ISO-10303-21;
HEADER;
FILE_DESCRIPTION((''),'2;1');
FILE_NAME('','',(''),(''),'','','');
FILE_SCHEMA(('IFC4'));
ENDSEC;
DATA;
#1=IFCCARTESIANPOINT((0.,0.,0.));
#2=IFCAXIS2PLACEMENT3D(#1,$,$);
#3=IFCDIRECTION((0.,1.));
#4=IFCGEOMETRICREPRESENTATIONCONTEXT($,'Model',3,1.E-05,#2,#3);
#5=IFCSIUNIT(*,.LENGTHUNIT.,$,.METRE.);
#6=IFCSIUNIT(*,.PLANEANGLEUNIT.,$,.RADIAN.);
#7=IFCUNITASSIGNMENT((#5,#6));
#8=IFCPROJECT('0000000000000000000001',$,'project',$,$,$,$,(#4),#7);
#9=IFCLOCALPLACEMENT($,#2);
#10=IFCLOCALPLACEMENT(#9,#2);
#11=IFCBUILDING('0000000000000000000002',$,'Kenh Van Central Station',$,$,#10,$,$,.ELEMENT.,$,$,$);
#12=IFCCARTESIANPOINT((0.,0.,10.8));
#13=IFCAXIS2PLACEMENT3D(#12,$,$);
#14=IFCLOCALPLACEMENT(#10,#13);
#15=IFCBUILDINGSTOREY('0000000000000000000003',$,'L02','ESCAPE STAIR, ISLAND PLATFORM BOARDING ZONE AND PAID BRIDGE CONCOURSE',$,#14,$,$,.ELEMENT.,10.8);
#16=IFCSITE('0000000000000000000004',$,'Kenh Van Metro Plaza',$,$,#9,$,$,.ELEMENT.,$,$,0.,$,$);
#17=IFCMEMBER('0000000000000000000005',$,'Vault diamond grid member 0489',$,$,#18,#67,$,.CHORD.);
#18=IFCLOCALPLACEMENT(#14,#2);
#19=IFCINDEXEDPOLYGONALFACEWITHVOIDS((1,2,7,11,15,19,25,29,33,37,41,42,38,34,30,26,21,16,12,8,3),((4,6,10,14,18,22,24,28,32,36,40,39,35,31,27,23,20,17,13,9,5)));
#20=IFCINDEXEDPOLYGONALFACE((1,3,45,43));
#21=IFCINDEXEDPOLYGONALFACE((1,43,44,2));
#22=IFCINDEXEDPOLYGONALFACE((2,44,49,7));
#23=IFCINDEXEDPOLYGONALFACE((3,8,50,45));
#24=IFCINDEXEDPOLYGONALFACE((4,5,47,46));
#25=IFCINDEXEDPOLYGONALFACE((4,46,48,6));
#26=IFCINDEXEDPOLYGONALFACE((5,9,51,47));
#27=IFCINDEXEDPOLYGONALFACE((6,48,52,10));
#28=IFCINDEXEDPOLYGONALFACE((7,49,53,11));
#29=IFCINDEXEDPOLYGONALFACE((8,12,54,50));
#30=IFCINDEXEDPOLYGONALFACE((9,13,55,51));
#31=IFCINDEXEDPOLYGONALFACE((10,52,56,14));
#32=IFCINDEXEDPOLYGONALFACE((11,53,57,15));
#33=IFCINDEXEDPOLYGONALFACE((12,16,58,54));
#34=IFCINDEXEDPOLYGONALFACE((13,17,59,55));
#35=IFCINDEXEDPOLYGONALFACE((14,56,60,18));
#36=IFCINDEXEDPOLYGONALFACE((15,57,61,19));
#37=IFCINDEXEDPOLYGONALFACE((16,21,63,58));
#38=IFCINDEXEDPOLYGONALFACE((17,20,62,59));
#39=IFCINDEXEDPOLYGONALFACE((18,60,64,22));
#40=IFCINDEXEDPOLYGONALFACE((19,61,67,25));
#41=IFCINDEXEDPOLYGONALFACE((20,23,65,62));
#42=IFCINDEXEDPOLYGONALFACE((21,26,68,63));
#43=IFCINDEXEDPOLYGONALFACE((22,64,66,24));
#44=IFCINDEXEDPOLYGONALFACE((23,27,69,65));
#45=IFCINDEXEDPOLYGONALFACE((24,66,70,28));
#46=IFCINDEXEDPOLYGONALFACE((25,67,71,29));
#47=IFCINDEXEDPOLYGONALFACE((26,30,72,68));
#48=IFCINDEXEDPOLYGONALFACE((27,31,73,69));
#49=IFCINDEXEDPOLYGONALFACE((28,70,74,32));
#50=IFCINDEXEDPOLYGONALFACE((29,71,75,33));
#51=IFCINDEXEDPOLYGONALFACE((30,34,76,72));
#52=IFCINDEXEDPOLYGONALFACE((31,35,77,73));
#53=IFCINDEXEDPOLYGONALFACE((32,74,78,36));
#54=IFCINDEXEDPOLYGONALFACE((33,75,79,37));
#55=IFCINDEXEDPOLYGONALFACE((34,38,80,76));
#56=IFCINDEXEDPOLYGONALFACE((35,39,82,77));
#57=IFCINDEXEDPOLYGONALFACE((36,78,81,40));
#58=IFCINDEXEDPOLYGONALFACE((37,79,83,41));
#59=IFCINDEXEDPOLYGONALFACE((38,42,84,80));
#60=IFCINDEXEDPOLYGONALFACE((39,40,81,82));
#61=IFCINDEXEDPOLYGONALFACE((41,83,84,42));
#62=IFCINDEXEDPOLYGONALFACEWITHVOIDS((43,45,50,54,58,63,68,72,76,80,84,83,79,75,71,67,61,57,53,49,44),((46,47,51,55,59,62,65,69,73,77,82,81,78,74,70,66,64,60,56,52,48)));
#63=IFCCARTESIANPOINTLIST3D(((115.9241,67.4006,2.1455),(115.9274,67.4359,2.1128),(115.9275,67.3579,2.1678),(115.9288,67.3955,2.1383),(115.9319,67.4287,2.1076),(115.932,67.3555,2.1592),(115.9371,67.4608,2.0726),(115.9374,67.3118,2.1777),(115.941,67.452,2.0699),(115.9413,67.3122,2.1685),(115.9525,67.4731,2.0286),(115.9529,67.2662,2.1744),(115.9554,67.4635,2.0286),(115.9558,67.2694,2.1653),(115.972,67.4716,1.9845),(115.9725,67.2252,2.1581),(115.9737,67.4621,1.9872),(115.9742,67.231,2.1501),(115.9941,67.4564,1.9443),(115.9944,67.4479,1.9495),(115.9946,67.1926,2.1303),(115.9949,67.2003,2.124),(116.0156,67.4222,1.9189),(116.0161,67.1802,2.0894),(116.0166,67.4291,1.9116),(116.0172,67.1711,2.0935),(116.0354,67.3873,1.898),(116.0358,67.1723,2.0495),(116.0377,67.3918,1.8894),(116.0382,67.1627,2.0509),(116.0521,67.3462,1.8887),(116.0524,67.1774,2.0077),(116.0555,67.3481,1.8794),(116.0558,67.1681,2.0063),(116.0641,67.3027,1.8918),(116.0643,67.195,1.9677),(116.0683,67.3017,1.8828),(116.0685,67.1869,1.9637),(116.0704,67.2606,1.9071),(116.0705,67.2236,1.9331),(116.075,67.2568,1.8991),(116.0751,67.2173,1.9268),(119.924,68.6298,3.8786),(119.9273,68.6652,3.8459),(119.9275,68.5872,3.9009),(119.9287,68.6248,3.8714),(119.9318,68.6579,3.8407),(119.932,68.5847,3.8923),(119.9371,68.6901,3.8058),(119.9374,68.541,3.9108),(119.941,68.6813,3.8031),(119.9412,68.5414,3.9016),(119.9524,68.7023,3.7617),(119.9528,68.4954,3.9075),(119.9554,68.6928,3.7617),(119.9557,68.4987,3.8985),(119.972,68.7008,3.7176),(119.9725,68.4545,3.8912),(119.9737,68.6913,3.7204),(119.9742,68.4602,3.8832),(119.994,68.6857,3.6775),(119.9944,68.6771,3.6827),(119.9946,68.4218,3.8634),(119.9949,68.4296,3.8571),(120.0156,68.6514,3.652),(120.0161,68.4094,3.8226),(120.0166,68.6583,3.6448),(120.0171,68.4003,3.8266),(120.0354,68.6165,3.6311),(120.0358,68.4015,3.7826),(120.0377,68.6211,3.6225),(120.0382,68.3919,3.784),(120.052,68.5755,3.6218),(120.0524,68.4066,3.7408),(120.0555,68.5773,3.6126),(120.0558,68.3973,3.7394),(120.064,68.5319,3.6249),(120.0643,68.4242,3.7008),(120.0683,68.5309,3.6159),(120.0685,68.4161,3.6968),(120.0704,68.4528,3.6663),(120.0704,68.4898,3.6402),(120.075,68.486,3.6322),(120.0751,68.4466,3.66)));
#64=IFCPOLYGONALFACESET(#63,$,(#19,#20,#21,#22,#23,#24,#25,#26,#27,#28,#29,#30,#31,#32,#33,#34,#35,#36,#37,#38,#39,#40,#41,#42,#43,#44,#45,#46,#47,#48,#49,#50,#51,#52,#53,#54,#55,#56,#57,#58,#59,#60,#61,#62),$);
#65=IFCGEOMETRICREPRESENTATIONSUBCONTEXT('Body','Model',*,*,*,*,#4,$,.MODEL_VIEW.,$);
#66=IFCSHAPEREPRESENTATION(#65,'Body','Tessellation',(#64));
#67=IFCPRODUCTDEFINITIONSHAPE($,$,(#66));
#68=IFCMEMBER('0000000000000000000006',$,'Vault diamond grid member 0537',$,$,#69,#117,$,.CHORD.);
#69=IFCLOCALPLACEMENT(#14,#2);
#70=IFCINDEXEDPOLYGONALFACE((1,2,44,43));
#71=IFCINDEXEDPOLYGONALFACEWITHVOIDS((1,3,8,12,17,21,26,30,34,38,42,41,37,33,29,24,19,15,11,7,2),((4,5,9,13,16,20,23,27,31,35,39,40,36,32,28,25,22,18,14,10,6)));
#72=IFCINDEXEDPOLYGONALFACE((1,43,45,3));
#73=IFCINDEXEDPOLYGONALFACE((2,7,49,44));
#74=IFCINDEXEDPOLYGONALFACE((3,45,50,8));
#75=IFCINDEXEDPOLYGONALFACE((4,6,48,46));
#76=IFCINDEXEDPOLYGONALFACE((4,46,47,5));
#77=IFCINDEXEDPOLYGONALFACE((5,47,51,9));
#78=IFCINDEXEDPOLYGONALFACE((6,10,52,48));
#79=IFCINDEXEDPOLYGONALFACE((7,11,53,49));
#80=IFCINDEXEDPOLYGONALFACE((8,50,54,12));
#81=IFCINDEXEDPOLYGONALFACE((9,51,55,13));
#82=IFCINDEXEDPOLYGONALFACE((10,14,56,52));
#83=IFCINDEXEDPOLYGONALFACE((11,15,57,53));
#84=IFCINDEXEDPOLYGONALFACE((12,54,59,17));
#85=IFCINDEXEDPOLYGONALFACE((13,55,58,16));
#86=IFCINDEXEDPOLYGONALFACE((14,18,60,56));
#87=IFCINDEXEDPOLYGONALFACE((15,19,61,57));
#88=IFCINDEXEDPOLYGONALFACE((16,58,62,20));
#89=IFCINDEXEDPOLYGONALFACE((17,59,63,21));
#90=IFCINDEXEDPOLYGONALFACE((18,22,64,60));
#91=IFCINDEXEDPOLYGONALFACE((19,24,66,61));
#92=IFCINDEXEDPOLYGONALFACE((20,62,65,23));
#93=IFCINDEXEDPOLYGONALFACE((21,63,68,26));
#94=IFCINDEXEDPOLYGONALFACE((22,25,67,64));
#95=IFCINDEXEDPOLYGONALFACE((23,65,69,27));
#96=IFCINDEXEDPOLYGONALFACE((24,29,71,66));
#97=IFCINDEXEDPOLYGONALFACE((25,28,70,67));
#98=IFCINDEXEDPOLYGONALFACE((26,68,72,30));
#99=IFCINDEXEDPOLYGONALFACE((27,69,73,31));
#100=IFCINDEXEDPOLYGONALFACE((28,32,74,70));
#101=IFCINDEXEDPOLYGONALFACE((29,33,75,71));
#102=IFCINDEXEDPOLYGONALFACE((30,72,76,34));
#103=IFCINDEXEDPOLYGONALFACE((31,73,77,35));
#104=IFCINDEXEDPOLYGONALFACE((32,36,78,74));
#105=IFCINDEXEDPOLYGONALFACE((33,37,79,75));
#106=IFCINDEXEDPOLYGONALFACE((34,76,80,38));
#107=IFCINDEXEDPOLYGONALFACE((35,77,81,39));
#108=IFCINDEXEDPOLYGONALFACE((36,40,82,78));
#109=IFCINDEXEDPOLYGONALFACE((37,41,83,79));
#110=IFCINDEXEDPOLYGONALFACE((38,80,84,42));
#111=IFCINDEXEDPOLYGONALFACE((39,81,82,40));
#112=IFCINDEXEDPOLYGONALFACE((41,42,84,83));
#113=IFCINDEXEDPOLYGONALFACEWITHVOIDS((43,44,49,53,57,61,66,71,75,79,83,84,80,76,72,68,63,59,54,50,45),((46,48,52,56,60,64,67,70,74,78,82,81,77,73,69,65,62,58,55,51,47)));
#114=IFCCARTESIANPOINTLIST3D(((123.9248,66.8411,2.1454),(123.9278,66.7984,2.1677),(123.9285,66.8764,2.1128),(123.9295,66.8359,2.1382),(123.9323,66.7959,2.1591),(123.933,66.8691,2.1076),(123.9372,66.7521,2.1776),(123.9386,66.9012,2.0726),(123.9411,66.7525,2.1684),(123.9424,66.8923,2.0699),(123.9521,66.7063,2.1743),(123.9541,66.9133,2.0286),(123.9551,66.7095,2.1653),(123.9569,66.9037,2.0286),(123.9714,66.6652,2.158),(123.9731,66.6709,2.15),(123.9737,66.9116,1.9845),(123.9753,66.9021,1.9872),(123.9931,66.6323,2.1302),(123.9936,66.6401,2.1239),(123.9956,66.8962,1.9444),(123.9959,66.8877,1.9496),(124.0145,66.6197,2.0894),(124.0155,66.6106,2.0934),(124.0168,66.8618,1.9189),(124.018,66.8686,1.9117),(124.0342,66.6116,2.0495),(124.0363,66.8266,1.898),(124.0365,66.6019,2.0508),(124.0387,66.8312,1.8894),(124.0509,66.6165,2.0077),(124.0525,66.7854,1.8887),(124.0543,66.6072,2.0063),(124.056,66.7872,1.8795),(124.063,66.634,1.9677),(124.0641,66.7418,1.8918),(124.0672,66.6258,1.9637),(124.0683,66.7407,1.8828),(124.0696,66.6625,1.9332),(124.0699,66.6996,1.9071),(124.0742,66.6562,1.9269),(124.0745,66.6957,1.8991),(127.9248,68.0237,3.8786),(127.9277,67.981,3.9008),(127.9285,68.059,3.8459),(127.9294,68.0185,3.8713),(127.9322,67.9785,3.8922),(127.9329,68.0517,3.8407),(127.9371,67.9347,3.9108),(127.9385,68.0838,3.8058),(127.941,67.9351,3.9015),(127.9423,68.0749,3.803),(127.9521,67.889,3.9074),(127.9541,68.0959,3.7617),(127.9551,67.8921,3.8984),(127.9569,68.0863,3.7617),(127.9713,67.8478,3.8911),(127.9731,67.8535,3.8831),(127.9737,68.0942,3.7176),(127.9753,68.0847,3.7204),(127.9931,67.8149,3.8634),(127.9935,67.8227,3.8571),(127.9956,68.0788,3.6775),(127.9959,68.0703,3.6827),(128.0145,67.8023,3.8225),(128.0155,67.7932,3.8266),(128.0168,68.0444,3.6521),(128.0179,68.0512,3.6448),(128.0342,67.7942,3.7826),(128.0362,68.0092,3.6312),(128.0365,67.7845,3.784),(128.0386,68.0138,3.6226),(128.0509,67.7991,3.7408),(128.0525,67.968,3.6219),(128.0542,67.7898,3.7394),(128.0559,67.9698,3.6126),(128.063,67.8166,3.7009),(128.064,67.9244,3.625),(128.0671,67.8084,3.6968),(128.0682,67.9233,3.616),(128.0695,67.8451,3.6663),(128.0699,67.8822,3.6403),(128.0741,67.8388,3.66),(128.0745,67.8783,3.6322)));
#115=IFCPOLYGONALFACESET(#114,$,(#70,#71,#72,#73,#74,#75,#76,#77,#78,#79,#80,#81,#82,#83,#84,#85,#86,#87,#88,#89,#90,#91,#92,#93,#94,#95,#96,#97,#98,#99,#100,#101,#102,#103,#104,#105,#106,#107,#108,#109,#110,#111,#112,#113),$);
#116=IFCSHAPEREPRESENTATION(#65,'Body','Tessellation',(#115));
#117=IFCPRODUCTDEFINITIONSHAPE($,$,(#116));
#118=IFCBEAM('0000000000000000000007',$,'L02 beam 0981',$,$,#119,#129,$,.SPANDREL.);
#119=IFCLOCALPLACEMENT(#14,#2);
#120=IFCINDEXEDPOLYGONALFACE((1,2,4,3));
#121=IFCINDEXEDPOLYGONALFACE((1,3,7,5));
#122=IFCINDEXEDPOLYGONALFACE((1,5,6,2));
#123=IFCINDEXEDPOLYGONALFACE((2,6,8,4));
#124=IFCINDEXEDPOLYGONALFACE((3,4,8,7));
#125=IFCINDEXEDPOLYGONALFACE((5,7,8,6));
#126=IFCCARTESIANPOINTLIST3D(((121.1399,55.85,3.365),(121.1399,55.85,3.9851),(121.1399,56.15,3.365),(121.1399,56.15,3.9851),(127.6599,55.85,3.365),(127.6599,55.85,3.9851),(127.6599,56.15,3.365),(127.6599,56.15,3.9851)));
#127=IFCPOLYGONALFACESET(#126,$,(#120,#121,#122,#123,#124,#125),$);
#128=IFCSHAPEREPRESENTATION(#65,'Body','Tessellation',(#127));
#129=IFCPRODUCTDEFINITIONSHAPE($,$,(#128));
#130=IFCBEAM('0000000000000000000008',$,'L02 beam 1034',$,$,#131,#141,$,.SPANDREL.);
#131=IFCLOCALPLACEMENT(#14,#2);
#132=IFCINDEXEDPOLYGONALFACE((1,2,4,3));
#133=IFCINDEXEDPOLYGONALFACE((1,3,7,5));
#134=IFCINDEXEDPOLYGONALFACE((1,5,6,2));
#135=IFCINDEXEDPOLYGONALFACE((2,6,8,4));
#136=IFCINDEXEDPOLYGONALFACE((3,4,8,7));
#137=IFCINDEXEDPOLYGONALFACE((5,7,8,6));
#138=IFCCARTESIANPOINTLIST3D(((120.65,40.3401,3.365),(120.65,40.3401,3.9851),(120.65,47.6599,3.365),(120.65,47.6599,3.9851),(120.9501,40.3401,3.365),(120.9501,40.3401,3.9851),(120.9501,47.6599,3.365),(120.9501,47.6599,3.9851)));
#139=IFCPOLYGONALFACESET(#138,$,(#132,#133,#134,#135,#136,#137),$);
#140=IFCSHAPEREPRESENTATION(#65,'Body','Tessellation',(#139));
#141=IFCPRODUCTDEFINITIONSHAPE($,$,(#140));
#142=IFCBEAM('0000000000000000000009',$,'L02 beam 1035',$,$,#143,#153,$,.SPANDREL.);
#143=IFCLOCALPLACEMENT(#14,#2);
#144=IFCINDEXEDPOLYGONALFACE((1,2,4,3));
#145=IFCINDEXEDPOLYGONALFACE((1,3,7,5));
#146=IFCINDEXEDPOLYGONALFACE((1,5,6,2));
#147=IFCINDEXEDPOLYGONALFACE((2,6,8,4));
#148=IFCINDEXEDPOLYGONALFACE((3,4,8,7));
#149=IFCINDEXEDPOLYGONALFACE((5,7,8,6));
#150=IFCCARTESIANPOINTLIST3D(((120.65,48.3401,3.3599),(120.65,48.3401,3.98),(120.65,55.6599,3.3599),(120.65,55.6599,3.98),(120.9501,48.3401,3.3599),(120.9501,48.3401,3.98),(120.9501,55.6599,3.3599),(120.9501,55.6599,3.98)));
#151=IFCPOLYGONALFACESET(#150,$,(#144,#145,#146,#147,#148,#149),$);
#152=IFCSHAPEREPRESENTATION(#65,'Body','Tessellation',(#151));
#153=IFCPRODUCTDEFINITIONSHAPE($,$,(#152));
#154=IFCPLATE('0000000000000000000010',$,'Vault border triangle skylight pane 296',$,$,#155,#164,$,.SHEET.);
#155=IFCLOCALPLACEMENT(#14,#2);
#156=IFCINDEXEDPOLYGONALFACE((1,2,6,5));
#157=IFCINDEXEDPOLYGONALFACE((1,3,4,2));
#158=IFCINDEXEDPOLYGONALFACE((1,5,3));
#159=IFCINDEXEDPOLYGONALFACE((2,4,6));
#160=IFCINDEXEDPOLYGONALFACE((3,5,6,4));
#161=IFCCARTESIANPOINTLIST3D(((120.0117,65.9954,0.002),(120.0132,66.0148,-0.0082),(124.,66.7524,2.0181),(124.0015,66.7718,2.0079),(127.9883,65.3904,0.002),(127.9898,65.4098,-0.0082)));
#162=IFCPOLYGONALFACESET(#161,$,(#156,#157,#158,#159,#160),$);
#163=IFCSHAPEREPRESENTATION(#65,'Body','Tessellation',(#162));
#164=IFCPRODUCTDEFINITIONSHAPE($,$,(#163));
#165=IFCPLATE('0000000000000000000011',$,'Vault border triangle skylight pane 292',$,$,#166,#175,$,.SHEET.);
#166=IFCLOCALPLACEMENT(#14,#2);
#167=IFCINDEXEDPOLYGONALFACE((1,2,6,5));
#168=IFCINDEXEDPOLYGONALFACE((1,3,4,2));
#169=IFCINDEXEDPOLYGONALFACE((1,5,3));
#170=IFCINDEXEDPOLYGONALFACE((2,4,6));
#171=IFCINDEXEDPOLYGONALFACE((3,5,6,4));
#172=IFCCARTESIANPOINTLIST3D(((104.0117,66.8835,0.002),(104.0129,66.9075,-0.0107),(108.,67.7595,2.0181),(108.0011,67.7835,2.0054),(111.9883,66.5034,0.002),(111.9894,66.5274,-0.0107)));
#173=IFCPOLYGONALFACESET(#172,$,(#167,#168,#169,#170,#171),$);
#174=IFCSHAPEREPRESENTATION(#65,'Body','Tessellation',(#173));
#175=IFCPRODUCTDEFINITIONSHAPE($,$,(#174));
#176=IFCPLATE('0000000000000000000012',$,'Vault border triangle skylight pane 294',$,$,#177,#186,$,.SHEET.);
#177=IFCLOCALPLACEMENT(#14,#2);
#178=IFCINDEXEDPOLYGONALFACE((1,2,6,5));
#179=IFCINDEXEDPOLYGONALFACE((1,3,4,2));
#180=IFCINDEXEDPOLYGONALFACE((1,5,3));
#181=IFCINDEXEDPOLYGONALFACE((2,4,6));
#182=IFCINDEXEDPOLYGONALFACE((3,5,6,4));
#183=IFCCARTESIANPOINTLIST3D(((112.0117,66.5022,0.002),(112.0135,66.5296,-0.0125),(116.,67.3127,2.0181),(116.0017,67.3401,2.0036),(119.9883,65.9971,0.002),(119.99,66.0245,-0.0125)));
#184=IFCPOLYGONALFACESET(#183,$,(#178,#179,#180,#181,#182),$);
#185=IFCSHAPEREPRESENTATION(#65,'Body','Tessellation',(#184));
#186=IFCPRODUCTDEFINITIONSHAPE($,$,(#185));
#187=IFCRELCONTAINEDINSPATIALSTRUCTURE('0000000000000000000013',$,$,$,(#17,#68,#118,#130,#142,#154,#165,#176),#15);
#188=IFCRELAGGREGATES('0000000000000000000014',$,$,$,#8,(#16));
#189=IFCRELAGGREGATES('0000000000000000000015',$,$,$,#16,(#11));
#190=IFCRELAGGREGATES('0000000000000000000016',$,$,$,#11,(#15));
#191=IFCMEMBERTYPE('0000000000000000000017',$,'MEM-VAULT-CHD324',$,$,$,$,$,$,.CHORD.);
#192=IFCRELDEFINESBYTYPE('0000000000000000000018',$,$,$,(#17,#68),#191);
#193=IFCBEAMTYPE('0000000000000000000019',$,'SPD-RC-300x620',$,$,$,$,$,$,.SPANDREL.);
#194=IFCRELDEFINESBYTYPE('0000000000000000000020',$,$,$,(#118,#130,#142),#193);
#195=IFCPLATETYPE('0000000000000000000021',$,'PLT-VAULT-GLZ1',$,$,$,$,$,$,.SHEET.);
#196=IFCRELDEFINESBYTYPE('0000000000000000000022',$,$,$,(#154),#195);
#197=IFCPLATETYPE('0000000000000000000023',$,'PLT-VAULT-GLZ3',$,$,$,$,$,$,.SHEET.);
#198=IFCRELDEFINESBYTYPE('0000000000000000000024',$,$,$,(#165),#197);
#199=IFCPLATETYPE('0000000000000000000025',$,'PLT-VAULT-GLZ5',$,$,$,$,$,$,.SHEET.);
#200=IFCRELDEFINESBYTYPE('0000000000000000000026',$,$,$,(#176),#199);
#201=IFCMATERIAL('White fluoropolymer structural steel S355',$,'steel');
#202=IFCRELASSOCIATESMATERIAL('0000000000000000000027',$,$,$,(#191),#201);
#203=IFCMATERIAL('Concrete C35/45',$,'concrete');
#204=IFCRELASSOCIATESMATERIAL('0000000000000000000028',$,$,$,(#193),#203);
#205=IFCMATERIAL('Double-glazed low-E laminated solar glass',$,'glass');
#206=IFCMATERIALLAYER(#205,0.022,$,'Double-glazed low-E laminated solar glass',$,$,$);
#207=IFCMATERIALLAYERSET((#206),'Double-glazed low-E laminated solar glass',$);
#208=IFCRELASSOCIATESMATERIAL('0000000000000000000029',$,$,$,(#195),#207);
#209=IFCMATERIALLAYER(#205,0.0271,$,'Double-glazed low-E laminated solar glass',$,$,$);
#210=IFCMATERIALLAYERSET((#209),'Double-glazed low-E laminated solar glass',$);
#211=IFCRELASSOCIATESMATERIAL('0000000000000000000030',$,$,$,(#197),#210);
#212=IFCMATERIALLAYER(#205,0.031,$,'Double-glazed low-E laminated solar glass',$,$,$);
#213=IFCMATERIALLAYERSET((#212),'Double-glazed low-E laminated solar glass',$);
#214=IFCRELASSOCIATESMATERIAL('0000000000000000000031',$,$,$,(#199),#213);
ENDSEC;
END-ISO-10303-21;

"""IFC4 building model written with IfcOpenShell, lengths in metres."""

from ifc_helpers import new_model, si_unit, direction, frame, origin, origin_2d, place, context, subcontext, project, spatial, polyline, rectangle, hollow_circle, outline, extrude, material, layer, layer_set, material_profile, profile_set, type_object, element, save


model = new_model("IFC4")

# Units and contexts
model_context = context("Model", 3, precision=1e-05, world=origin(), true_north=direction((0.0, 1.0)))
body_context = subcontext(model_context, "Body", "Model", "MODEL_VIEW")
ifc_project = project(units=[si_unit("LENGTHUNIT", "METRE"), si_unit("PLANEANGLEUNIT", "RADIAN")], contexts=[model_context])

# Site, building, storey
site_placement = place(None, origin())
site = spatial("IfcSite", under=ifc_project, at=site_placement, Name="Kenh Van Metro Plaza", CompositionType="ELEMENT", RefElevation=0.0)
building_placement = place(site_placement, origin())
building = spatial("IfcBuilding", under=site, at=building_placement, Name="Kenh Van Central Station", CompositionType="ELEMENT")
storey_placement = place(building_placement, frame((0.0, 0.0, 10.8)))
storey = spatial("IfcBuildingStorey", under=building, at=storey_placement, Name="L02", Description="ESCAPE STAIR, ISLAND PLATFORM BOARDING ZONE AND PAID BRIDGE CONCOURSE", CompositionType="ELEMENT", Elevation=10.8)

# Shared definitions
ifc_material_1 = material(Name="Concrete C35/45", Category="concrete")
ifc_material_2 = material(Name="White fluoropolymer structural steel S355", Category="steel")

# Members
ifc_material_profile_1 = material_profile(ifc_material_2, hollow_circle(Radius=0.1619, WallThickness=0.01, at=origin_2d()), Name="CHS 323.9x10")
ifc_profile_set_1 = profile_set([ifc_material_profile_1], Name="White fluoropolymer structural steel S355")
member_type = type_object("IfcMemberType", Name="MEM-VAULT-CHD324", PredefinedType="CHORD", material=ifc_profile_set_1)
member_1_placement = place(storey_placement, frame((116.0, 67.3184, 2.0286), z_axis=(0.883132, 0.271397, 0.382651), x_axis=(-0.293754, 0.955881, 0.0)))
element("IfcMember", 1, at=member_1_placement, inside=storey, type_object=member_type, Name="Vault diamond grid member 0489", PredefinedType="CHORD", context=body_context, shape_type="SweptSolid", body=[
    extrude(hollow_circle(Radius=0.1619, WallThickness=0.01, at=origin_2d()), origin(), (0.0, 0.0, 1.0), 4.5293),
])
member_2_placement = place(storey_placement, frame((124.0, 66.7581, 2.0286), z_axis=(0.885563, 0.26182, 0.383704), x_axis=(-0.283522, 0.958966, 0.0)))
element("IfcMember", 2, at=member_2_placement, inside=storey, type_object=member_type, Name="Vault diamond grid member 0537", PredefinedType="CHORD", context=body_context, shape_type="SweptSolid", body=[
    extrude(hollow_circle(Radius=0.1619, WallThickness=0.01, at=origin_2d()), origin(), (0.0, 0.0, 1.0), 4.5168),
])

# Beams
ifc_material_profile_2 = material_profile(ifc_material_1, rectangle(XDim=0.3, YDim=0.6201, at=origin_2d()), Name="RC 300x620")
ifc_profile_set_2 = profile_set([ifc_material_profile_2], Name="Concrete C35/45")
beam_type_1 = type_object("IfcBeamType", Name="SPD-RC-300x620", PredefinedType="SPANDREL", material=ifc_profile_set_2)
beam_1_placement = place(storey_placement, frame((121.1399, 56.0, 3.675), z_axis=(1.0, 0.0, 0.0), x_axis=(0.0, 1.0, 0.0)))
element("IfcBeam", 3, at=beam_1_placement, inside=storey, type_object=beam_type_1, Name="L02 beam 0981", PredefinedType="SPANDREL", context=body_context, shape_type="SweptSolid", body=[
    extrude(rectangle(XDim=0.3, YDim=0.6201, at=origin_2d()), origin(), (0.0, 0.0, 1.0), 6.52),
])
for number, where, z_axis, x_axis, name in (
    (4, (120.8, 40.3401, 3.675), (0.0, 1.0, 0.0), (-1.0, 0.0, 0.0), "L02 beam 1034"),
    (5, (120.8, 48.3401, 3.6699), (0.0, 1.0, 0.0), (-1.0, 0.0, 0.0), "L02 beam 1035"),
):
    element("IfcBeam", number, at=place(storey_placement, frame(where, z_axis=z_axis, x_axis=x_axis)), inside=storey, type_object=beam_type_1, Name=name, PredefinedType="SPANDREL", context=body_context, shape_type="SweptSolid", body=[
        extrude(rectangle(XDim=0.3, YDim=0.6201, at=origin_2d()), origin(), (0.0, 0.0, 1.0), 7.3198),
    ])

# Plates
ifc_material_3 = material(Name="Double-glazed low-E laminated solar glass", Category="glass")
ifc_layer_1 = layer(ifc_material_3, 0.022, Name="Double-glazed low-E laminated solar glass")
ifc_layer_set_1 = layer_set([ifc_layer_1], Name="Double-glazed low-E laminated solar glass")
plate_type_1 = type_object("IfcPlateType", Name="PLT-VAULT-GLZ1", PredefinedType="SHEET", material=ifc_layer_set_1)
plate_1_placement = place(storey_placement, frame((120.0117, 65.9954, 0.002), z_axis=(-0.066987, -0.883209, 0.464171), x_axis=(0.997136, -0.075628, 0.0)))
element("IfcPlate", 6, at=plate_1_placement, inside=storey, type_object=plate_type_1, Name="Vault border triangle skylight pane 296", PredefinedType="SHEET", context=body_context, shape_type="SweptSolid", body=[
    extrude(outline(polyline([(0.0, 0.0), (7.9995, 0.0), (3.9196, 2.2762), (0.0, 0.0)])), origin(), (0.0, 0.0, -1.0), 0.022),
])
ifc_layer_2 = layer(ifc_material_3, 0.0271, Name="Double-glazed low-E laminated solar glass")
ifc_layer_set_2 = layer_set([ifc_layer_2], Name="Double-glazed low-E laminated solar glass")
plate_type_2 = type_object("IfcPlateType", Name="PLT-VAULT-GLZ3", PredefinedType="SHEET", material=ifc_layer_set_2)
plate_2_placement = place(storey_placement, frame((104.0117, 66.8835, 0.002), z_axis=(-0.042091, -0.883243, 0.467023), x_axis=(0.998866, -0.047601, 0.0)))
element("IfcPlate", 7, at=plate_2_placement, inside=storey, type_object=plate_type_2, Name="Vault border triangle skylight pane 292", PredefinedType="SHEET", context=body_context, shape_type="SweptSolid", body=[
    extrude(outline(polyline([(0.0, 0.0), (7.9856, 0.0), (3.9421, 2.28), (0.0, 0.0)])), origin(), (0.0, 0.0, -1.0), 0.0271),
])
ifc_layer_3 = layer(ifc_material_3, 0.031, Name="Double-glazed low-E laminated solar glass")
ifc_layer_set_3 = layer_set([ifc_layer_3], Name="Double-glazed low-E laminated solar glass")
plate_type_3 = type_object("IfcPlateType", Name="PLT-VAULT-GLZ5", PredefinedType="SHEET", material=ifc_layer_set_3)
plate_3_placement = place(storey_placement, frame((112.0117, 66.5022, 0.002), z_axis=(-0.055928, -0.883172, 0.465703), x_axis=(0.998001, -0.0632, 0.0)))
element("IfcPlate", 8, at=plate_3_placement, inside=storey, type_object=plate_type_3, Name="Vault border triangle skylight pane 294", PredefinedType="SHEET", context=body_context, shape_type="SweptSolid", body=[
    extrude(outline(polyline([(0.0, 0.0), (7.9925, 0.0), (3.9291, 2.2782), (0.0, 0.0)])), origin(), (0.0, 0.0, -1.0), 0.031),
])

save(model, "model.ifc")
